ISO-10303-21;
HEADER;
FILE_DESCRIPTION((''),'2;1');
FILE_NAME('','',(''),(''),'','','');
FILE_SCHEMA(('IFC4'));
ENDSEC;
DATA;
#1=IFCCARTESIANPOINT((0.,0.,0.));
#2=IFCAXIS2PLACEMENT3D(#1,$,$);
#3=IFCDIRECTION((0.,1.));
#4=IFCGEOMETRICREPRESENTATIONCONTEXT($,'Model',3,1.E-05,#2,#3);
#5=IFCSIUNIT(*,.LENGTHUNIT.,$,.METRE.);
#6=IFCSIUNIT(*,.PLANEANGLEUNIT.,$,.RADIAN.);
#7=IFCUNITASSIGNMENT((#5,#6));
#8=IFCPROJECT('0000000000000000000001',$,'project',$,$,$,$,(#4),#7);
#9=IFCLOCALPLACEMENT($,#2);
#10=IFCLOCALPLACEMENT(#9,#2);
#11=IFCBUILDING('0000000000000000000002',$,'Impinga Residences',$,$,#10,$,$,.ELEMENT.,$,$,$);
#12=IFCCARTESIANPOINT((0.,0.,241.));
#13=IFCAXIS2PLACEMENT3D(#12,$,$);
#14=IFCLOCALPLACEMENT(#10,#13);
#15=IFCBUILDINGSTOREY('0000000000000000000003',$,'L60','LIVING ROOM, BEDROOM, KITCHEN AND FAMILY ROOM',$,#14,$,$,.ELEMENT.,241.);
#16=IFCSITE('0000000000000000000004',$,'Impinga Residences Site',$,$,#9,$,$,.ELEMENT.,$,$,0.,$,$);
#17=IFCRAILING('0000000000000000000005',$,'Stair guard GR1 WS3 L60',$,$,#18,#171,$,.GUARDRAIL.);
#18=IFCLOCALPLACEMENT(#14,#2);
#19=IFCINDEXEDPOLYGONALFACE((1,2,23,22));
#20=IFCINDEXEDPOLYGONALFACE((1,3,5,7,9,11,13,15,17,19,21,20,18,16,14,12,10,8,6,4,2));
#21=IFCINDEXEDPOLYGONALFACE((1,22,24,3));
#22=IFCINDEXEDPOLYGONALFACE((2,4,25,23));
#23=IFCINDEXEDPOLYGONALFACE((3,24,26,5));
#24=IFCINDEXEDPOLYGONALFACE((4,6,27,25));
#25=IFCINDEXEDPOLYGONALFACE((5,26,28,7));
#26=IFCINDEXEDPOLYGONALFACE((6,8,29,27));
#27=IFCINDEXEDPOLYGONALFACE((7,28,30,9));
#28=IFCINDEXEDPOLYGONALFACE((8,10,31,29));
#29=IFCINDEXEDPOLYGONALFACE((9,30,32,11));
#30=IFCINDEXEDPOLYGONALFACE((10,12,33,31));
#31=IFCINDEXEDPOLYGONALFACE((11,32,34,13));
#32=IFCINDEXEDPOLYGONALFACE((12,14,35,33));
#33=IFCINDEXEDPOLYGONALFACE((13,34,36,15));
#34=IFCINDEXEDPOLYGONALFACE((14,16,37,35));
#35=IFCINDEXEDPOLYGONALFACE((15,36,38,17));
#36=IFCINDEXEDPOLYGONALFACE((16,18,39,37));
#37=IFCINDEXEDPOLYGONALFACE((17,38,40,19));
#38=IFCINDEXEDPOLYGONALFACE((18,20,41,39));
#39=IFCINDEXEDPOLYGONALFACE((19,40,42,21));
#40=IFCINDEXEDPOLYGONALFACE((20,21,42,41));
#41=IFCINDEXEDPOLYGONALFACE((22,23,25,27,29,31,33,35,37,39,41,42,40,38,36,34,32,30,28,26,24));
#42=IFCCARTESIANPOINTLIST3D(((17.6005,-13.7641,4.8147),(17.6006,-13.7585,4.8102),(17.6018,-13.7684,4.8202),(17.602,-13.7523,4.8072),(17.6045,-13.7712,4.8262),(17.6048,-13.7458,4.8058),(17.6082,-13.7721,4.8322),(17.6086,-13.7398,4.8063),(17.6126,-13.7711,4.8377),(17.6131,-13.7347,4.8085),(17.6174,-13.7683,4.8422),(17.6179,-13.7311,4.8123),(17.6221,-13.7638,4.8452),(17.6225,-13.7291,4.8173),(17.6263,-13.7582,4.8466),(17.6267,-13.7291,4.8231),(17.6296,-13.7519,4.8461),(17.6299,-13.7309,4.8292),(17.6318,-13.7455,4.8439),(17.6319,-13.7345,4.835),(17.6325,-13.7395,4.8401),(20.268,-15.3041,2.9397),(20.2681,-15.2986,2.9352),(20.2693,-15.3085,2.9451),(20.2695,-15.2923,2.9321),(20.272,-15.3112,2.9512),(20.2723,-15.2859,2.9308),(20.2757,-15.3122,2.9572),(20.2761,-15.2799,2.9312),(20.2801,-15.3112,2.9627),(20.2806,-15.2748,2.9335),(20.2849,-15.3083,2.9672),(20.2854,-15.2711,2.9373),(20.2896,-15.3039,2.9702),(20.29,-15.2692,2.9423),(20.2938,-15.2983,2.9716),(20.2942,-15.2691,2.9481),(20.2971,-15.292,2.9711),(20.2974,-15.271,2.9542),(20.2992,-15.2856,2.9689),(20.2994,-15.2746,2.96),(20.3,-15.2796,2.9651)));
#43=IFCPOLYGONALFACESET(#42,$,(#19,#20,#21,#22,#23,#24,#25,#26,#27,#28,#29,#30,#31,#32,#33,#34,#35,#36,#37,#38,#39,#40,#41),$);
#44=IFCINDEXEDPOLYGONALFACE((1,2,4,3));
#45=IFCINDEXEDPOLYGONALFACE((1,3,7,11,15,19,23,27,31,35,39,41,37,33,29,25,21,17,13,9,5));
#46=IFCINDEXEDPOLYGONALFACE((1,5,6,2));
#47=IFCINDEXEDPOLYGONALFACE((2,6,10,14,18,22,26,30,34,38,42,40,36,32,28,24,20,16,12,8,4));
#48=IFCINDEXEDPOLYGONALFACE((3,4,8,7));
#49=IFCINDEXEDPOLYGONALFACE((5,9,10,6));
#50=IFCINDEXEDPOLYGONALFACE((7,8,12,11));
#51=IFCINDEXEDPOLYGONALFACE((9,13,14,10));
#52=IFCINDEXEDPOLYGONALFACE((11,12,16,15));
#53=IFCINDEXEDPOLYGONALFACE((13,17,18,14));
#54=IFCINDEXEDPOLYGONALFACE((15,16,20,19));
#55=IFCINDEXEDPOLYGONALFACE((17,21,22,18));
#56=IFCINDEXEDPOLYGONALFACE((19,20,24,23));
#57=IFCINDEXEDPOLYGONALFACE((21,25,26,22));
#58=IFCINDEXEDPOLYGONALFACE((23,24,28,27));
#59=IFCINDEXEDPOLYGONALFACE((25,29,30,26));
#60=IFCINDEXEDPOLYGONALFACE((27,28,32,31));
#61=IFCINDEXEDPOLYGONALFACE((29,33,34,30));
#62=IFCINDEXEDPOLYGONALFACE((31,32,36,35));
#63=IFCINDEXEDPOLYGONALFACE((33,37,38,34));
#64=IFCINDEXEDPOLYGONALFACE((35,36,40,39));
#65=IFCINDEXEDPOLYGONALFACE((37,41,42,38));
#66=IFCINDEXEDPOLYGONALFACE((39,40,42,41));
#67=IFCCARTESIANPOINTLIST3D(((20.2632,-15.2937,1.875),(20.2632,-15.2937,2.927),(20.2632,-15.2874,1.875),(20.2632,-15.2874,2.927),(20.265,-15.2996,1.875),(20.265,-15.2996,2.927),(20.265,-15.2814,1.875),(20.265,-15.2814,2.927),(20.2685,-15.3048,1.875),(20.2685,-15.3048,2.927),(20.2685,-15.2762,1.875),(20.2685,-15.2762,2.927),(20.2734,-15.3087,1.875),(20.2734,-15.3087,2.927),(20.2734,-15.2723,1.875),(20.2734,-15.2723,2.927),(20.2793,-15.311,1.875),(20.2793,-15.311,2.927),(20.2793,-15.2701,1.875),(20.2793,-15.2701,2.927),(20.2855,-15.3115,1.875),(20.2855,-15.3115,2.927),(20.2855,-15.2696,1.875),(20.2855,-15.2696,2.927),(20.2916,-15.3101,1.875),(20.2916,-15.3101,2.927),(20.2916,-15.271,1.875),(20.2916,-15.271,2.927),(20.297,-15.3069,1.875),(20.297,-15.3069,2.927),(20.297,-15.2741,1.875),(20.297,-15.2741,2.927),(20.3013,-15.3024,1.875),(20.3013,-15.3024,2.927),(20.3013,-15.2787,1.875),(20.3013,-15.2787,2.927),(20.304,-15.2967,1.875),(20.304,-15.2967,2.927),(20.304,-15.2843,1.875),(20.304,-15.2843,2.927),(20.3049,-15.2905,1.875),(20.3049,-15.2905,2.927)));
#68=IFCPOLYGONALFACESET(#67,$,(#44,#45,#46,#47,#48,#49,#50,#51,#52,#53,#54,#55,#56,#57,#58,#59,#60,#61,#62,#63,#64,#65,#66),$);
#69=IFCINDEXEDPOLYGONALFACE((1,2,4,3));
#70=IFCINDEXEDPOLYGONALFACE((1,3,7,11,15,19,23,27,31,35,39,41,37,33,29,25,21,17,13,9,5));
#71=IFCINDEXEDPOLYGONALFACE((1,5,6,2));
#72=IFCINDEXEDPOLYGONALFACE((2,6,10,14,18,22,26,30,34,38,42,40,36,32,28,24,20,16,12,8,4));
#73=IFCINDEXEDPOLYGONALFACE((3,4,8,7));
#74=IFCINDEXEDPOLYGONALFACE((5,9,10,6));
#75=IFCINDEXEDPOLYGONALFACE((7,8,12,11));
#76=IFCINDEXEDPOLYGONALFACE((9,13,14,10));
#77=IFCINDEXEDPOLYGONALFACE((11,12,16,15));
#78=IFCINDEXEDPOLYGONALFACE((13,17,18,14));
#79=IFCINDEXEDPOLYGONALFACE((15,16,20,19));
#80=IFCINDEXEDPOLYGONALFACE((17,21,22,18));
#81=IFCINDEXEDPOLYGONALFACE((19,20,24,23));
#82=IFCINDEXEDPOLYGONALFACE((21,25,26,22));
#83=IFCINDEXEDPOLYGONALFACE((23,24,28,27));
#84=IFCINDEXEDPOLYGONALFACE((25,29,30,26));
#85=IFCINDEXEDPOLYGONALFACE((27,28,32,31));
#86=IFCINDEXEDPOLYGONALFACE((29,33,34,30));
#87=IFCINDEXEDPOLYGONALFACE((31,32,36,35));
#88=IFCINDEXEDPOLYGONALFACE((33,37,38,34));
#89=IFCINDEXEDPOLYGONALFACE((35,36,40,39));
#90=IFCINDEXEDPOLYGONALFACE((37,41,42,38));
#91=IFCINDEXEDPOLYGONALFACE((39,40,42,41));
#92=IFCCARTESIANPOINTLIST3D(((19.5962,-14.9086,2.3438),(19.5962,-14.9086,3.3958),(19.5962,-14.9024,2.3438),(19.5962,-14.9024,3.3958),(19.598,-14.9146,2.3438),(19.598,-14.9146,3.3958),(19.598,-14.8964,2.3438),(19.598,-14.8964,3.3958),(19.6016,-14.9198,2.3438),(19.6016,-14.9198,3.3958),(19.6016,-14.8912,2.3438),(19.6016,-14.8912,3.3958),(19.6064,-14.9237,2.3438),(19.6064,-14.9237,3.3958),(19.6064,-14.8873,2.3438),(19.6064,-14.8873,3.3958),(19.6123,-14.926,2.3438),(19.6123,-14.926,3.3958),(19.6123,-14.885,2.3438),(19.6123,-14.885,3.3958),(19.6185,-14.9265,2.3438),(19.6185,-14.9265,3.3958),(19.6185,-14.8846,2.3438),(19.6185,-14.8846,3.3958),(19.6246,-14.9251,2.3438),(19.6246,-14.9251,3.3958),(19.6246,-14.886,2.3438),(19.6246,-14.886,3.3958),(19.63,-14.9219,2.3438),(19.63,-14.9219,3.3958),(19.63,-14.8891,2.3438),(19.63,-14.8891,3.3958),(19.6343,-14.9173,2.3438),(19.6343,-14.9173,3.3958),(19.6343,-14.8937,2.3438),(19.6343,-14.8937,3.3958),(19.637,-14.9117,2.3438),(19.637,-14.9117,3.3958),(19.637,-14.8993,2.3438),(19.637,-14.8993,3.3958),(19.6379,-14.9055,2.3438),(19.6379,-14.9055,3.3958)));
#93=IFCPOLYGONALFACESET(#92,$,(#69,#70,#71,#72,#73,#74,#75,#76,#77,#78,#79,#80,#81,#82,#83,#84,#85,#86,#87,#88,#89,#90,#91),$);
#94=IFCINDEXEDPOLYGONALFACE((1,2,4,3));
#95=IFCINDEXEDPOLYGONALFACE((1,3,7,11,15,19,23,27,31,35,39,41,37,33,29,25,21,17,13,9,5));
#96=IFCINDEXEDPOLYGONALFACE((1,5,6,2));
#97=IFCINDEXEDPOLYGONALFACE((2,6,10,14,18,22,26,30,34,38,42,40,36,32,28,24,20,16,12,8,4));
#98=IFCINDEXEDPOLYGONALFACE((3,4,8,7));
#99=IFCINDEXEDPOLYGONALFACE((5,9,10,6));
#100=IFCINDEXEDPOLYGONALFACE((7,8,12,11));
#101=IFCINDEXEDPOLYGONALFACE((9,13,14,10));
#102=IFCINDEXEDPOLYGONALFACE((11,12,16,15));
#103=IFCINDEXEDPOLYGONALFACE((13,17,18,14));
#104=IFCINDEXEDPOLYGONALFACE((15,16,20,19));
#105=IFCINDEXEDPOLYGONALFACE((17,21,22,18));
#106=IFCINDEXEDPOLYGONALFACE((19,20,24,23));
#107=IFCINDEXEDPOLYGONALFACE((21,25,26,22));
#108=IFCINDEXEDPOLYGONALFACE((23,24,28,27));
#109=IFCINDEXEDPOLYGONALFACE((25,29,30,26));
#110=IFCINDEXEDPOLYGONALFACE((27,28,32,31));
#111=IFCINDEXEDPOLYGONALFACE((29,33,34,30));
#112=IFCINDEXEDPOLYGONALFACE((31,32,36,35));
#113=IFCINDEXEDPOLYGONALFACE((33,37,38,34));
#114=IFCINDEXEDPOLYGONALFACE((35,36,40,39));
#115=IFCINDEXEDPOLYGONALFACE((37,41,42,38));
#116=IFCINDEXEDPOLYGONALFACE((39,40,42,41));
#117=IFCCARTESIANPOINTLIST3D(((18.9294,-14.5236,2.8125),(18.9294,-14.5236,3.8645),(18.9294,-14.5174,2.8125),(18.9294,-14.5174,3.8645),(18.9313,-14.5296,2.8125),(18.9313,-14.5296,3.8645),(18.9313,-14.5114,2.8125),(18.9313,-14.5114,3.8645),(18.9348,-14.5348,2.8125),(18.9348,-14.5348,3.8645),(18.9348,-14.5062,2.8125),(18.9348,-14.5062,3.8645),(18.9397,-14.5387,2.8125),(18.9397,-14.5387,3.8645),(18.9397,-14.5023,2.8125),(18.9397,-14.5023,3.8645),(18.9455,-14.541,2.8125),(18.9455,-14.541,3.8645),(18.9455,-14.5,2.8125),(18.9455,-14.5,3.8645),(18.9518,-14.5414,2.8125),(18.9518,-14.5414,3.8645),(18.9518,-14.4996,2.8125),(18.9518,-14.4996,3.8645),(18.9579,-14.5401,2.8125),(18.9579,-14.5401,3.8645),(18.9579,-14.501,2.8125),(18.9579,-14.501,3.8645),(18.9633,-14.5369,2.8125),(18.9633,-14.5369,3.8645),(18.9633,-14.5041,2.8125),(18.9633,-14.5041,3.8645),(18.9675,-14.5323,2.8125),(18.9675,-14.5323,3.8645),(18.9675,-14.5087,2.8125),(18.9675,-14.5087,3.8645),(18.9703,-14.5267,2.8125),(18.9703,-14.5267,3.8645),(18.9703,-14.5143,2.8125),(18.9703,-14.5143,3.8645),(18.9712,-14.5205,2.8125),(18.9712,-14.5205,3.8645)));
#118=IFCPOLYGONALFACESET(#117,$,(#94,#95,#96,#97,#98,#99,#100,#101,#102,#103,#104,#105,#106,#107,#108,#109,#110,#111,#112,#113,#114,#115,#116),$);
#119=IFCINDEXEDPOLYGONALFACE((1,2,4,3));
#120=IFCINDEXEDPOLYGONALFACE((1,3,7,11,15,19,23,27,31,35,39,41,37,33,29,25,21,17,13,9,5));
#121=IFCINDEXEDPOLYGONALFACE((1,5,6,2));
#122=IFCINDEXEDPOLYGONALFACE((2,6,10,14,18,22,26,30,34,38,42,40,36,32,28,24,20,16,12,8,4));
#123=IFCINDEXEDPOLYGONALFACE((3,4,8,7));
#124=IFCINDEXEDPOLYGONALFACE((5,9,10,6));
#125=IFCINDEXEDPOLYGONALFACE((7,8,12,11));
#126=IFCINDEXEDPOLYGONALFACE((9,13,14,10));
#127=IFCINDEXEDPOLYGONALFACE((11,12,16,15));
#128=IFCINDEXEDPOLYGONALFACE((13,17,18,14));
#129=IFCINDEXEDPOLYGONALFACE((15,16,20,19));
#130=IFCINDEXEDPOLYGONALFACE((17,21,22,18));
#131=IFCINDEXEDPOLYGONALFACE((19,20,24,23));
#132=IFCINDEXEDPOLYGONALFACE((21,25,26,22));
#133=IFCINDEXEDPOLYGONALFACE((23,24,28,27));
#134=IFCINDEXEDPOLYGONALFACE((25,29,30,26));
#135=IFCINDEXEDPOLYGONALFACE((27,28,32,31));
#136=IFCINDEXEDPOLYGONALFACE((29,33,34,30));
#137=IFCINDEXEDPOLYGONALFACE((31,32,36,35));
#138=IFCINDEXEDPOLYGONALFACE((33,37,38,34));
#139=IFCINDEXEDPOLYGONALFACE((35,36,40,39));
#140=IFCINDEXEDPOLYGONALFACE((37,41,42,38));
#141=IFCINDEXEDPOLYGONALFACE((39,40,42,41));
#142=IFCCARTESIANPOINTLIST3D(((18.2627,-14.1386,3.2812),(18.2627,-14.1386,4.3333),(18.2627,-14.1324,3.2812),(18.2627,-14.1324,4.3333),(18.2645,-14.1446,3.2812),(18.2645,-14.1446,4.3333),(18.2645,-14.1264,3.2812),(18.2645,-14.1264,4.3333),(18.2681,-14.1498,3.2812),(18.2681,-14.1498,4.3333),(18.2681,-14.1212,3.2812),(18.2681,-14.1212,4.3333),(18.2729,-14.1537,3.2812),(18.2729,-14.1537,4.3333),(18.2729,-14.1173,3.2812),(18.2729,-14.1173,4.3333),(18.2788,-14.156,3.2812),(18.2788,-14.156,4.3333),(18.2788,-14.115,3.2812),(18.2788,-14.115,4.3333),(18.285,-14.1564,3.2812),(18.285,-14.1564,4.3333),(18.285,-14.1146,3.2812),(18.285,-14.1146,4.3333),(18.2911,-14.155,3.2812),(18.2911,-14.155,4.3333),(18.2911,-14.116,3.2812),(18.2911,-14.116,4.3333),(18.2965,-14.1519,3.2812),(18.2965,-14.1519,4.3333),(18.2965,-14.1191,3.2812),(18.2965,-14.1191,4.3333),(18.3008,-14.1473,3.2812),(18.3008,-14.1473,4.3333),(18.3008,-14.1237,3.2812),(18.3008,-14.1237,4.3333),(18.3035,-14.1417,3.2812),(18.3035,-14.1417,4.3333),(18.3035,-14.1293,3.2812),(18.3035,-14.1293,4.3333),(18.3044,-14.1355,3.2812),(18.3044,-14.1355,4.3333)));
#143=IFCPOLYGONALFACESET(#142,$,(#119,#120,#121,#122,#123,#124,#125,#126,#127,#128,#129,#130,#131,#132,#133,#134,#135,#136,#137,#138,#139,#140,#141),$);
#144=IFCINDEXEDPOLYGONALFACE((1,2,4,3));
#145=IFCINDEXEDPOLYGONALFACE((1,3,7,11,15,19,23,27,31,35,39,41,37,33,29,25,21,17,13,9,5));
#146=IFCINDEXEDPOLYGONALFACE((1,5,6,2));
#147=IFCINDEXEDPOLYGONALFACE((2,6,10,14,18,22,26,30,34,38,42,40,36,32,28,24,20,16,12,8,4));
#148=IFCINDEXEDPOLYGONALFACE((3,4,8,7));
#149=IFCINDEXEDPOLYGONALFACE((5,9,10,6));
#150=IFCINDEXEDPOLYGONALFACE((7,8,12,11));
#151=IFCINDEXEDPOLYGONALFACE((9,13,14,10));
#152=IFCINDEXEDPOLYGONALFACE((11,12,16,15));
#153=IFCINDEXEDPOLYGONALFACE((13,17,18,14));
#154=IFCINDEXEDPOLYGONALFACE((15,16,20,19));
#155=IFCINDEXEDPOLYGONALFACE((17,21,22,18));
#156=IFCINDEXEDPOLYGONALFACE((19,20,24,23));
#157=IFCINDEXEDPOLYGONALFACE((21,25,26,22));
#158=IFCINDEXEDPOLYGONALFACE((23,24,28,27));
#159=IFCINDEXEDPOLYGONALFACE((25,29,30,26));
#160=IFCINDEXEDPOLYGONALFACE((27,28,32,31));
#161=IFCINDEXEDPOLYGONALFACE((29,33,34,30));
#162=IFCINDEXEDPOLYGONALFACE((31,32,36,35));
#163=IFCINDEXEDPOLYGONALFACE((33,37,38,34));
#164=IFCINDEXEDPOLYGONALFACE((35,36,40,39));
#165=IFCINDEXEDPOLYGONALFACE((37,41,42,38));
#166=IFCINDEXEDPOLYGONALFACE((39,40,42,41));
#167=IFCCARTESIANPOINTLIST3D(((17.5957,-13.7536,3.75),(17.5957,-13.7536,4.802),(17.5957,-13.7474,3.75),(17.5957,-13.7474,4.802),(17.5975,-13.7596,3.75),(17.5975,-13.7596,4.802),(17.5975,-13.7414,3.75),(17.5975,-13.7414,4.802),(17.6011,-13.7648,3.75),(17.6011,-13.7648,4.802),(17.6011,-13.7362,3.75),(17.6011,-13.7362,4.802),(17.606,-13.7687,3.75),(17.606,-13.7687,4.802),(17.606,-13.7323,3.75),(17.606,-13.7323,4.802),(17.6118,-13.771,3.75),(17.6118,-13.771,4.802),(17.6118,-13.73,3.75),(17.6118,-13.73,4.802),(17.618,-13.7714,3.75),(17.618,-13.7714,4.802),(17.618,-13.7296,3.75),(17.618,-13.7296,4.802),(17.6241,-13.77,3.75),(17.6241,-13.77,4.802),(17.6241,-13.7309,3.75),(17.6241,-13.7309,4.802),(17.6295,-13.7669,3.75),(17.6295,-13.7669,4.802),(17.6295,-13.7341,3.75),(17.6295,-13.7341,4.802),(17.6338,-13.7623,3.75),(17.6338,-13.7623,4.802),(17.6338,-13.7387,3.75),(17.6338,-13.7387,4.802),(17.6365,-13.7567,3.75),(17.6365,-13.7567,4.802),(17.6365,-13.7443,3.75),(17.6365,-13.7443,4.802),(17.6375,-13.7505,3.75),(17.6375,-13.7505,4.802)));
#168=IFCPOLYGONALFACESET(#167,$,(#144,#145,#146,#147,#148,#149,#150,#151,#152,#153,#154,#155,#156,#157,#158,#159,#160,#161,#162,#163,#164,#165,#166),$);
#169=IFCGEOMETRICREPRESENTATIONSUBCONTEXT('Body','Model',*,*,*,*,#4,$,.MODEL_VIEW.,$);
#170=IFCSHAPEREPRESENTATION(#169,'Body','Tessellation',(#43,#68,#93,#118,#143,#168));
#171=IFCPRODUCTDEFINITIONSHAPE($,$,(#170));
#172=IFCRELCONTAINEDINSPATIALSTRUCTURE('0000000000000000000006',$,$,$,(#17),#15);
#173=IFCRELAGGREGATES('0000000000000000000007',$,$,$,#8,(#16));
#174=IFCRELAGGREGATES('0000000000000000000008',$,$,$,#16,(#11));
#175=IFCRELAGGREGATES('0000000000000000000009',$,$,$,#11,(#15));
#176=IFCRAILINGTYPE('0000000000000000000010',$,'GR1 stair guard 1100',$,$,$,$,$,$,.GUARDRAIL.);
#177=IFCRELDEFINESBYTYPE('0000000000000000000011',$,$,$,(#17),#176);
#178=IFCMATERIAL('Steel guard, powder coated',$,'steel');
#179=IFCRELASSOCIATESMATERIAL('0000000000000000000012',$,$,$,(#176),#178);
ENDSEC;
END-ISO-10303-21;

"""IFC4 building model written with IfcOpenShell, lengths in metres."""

from ifc_helpers import new_model, si_unit, direction, frame, origin, origin_2d, place, context, subcontext, project, spatial, circle, extrude, material, type_object, element, save


model = new_model("IFC4")

# Units and contexts
model_context = context("Model", 3, precision=1e-05, world=origin(), true_north=direction((0.0, 1.0)))
body_context = subcontext(model_context, "Body", "Model", "MODEL_VIEW")
ifc_project = project(units=[si_unit("LENGTHUNIT", "METRE"), si_unit("PLANEANGLEUNIT", "RADIAN")], contexts=[model_context])

# Site, building, storey
site_placement = place(None, origin())
site = spatial("IfcSite", under=ifc_project, at=site_placement, Name="Impinga Residences Site", CompositionType="ELEMENT", RefElevation=0.0)
building_placement = place(site_placement, origin())
building = spatial("IfcBuilding", under=site, at=building_placement, Name="Impinga Residences", CompositionType="ELEMENT")
storey_placement = place(building_placement, frame((0.0, 0.0, 241.0)))
storey = spatial("IfcBuildingStorey", under=building, at=storey_placement, Name="L60", Description="LIVING ROOM, BEDROOM, KITCHEN AND FAMILY ROOM", CompositionType="ELEMENT", Elevation=241.0)

# Railing
ifc_material_1 = material(Name="Steel guard, powder coated", Category="steel")
railing_type_1 = type_object("IfcRailingType", Name="GR1 stair guard 1100", PredefinedType="GUARDRAIL", material=ifc_material_1)
railing_1_placement = place(storey_placement, frame((20.2839, -15.2905, 1.875)))
element("IfcRailing", 1, at=railing_1_placement, inside=storey, type_object=railing_type_1, Name="Stair guard GR1 WS3 L60", PredefinedType="GUARDRAIL", context=body_context, shape_type="SweptSolid", body=[
    extrude(circle(Radius=0.0239, at=origin_2d()), frame((0.0, 0.0, 1.0762), z_axis=(-0.739746, 0.427084, 0.519975), x_axis=(-0.499992, -0.86603, 0.0)), (0.0, 0.0, 1.0), 3.606),
    extrude(circle(Radius=0.021, at=origin_2d()), origin(), (0.0, 0.0, 1.0), 1.052),
    extrude(circle(Radius=0.021, at=origin_2d()), frame((-0.667, 0.385, 0.4688)), (0.0, 0.0, 1.0), 1.052),
    extrude(circle(Radius=0.021, at=origin_2d()), frame((-1.3337, 0.77, 0.9375)), (0.0, 0.0, 1.0), 1.052),
    extrude(circle(Radius=0.021, at=origin_2d()), frame((-2.0005, 1.155, 1.4062)), (0.0, 0.0, 1.0), 1.052),
    extrude(circle(Radius=0.021, at=origin_2d()), frame((-2.6675, 1.54, 1.875)), (0.0, 0.0, 1.0), 1.052),
])

save(model, "model.ifc")
